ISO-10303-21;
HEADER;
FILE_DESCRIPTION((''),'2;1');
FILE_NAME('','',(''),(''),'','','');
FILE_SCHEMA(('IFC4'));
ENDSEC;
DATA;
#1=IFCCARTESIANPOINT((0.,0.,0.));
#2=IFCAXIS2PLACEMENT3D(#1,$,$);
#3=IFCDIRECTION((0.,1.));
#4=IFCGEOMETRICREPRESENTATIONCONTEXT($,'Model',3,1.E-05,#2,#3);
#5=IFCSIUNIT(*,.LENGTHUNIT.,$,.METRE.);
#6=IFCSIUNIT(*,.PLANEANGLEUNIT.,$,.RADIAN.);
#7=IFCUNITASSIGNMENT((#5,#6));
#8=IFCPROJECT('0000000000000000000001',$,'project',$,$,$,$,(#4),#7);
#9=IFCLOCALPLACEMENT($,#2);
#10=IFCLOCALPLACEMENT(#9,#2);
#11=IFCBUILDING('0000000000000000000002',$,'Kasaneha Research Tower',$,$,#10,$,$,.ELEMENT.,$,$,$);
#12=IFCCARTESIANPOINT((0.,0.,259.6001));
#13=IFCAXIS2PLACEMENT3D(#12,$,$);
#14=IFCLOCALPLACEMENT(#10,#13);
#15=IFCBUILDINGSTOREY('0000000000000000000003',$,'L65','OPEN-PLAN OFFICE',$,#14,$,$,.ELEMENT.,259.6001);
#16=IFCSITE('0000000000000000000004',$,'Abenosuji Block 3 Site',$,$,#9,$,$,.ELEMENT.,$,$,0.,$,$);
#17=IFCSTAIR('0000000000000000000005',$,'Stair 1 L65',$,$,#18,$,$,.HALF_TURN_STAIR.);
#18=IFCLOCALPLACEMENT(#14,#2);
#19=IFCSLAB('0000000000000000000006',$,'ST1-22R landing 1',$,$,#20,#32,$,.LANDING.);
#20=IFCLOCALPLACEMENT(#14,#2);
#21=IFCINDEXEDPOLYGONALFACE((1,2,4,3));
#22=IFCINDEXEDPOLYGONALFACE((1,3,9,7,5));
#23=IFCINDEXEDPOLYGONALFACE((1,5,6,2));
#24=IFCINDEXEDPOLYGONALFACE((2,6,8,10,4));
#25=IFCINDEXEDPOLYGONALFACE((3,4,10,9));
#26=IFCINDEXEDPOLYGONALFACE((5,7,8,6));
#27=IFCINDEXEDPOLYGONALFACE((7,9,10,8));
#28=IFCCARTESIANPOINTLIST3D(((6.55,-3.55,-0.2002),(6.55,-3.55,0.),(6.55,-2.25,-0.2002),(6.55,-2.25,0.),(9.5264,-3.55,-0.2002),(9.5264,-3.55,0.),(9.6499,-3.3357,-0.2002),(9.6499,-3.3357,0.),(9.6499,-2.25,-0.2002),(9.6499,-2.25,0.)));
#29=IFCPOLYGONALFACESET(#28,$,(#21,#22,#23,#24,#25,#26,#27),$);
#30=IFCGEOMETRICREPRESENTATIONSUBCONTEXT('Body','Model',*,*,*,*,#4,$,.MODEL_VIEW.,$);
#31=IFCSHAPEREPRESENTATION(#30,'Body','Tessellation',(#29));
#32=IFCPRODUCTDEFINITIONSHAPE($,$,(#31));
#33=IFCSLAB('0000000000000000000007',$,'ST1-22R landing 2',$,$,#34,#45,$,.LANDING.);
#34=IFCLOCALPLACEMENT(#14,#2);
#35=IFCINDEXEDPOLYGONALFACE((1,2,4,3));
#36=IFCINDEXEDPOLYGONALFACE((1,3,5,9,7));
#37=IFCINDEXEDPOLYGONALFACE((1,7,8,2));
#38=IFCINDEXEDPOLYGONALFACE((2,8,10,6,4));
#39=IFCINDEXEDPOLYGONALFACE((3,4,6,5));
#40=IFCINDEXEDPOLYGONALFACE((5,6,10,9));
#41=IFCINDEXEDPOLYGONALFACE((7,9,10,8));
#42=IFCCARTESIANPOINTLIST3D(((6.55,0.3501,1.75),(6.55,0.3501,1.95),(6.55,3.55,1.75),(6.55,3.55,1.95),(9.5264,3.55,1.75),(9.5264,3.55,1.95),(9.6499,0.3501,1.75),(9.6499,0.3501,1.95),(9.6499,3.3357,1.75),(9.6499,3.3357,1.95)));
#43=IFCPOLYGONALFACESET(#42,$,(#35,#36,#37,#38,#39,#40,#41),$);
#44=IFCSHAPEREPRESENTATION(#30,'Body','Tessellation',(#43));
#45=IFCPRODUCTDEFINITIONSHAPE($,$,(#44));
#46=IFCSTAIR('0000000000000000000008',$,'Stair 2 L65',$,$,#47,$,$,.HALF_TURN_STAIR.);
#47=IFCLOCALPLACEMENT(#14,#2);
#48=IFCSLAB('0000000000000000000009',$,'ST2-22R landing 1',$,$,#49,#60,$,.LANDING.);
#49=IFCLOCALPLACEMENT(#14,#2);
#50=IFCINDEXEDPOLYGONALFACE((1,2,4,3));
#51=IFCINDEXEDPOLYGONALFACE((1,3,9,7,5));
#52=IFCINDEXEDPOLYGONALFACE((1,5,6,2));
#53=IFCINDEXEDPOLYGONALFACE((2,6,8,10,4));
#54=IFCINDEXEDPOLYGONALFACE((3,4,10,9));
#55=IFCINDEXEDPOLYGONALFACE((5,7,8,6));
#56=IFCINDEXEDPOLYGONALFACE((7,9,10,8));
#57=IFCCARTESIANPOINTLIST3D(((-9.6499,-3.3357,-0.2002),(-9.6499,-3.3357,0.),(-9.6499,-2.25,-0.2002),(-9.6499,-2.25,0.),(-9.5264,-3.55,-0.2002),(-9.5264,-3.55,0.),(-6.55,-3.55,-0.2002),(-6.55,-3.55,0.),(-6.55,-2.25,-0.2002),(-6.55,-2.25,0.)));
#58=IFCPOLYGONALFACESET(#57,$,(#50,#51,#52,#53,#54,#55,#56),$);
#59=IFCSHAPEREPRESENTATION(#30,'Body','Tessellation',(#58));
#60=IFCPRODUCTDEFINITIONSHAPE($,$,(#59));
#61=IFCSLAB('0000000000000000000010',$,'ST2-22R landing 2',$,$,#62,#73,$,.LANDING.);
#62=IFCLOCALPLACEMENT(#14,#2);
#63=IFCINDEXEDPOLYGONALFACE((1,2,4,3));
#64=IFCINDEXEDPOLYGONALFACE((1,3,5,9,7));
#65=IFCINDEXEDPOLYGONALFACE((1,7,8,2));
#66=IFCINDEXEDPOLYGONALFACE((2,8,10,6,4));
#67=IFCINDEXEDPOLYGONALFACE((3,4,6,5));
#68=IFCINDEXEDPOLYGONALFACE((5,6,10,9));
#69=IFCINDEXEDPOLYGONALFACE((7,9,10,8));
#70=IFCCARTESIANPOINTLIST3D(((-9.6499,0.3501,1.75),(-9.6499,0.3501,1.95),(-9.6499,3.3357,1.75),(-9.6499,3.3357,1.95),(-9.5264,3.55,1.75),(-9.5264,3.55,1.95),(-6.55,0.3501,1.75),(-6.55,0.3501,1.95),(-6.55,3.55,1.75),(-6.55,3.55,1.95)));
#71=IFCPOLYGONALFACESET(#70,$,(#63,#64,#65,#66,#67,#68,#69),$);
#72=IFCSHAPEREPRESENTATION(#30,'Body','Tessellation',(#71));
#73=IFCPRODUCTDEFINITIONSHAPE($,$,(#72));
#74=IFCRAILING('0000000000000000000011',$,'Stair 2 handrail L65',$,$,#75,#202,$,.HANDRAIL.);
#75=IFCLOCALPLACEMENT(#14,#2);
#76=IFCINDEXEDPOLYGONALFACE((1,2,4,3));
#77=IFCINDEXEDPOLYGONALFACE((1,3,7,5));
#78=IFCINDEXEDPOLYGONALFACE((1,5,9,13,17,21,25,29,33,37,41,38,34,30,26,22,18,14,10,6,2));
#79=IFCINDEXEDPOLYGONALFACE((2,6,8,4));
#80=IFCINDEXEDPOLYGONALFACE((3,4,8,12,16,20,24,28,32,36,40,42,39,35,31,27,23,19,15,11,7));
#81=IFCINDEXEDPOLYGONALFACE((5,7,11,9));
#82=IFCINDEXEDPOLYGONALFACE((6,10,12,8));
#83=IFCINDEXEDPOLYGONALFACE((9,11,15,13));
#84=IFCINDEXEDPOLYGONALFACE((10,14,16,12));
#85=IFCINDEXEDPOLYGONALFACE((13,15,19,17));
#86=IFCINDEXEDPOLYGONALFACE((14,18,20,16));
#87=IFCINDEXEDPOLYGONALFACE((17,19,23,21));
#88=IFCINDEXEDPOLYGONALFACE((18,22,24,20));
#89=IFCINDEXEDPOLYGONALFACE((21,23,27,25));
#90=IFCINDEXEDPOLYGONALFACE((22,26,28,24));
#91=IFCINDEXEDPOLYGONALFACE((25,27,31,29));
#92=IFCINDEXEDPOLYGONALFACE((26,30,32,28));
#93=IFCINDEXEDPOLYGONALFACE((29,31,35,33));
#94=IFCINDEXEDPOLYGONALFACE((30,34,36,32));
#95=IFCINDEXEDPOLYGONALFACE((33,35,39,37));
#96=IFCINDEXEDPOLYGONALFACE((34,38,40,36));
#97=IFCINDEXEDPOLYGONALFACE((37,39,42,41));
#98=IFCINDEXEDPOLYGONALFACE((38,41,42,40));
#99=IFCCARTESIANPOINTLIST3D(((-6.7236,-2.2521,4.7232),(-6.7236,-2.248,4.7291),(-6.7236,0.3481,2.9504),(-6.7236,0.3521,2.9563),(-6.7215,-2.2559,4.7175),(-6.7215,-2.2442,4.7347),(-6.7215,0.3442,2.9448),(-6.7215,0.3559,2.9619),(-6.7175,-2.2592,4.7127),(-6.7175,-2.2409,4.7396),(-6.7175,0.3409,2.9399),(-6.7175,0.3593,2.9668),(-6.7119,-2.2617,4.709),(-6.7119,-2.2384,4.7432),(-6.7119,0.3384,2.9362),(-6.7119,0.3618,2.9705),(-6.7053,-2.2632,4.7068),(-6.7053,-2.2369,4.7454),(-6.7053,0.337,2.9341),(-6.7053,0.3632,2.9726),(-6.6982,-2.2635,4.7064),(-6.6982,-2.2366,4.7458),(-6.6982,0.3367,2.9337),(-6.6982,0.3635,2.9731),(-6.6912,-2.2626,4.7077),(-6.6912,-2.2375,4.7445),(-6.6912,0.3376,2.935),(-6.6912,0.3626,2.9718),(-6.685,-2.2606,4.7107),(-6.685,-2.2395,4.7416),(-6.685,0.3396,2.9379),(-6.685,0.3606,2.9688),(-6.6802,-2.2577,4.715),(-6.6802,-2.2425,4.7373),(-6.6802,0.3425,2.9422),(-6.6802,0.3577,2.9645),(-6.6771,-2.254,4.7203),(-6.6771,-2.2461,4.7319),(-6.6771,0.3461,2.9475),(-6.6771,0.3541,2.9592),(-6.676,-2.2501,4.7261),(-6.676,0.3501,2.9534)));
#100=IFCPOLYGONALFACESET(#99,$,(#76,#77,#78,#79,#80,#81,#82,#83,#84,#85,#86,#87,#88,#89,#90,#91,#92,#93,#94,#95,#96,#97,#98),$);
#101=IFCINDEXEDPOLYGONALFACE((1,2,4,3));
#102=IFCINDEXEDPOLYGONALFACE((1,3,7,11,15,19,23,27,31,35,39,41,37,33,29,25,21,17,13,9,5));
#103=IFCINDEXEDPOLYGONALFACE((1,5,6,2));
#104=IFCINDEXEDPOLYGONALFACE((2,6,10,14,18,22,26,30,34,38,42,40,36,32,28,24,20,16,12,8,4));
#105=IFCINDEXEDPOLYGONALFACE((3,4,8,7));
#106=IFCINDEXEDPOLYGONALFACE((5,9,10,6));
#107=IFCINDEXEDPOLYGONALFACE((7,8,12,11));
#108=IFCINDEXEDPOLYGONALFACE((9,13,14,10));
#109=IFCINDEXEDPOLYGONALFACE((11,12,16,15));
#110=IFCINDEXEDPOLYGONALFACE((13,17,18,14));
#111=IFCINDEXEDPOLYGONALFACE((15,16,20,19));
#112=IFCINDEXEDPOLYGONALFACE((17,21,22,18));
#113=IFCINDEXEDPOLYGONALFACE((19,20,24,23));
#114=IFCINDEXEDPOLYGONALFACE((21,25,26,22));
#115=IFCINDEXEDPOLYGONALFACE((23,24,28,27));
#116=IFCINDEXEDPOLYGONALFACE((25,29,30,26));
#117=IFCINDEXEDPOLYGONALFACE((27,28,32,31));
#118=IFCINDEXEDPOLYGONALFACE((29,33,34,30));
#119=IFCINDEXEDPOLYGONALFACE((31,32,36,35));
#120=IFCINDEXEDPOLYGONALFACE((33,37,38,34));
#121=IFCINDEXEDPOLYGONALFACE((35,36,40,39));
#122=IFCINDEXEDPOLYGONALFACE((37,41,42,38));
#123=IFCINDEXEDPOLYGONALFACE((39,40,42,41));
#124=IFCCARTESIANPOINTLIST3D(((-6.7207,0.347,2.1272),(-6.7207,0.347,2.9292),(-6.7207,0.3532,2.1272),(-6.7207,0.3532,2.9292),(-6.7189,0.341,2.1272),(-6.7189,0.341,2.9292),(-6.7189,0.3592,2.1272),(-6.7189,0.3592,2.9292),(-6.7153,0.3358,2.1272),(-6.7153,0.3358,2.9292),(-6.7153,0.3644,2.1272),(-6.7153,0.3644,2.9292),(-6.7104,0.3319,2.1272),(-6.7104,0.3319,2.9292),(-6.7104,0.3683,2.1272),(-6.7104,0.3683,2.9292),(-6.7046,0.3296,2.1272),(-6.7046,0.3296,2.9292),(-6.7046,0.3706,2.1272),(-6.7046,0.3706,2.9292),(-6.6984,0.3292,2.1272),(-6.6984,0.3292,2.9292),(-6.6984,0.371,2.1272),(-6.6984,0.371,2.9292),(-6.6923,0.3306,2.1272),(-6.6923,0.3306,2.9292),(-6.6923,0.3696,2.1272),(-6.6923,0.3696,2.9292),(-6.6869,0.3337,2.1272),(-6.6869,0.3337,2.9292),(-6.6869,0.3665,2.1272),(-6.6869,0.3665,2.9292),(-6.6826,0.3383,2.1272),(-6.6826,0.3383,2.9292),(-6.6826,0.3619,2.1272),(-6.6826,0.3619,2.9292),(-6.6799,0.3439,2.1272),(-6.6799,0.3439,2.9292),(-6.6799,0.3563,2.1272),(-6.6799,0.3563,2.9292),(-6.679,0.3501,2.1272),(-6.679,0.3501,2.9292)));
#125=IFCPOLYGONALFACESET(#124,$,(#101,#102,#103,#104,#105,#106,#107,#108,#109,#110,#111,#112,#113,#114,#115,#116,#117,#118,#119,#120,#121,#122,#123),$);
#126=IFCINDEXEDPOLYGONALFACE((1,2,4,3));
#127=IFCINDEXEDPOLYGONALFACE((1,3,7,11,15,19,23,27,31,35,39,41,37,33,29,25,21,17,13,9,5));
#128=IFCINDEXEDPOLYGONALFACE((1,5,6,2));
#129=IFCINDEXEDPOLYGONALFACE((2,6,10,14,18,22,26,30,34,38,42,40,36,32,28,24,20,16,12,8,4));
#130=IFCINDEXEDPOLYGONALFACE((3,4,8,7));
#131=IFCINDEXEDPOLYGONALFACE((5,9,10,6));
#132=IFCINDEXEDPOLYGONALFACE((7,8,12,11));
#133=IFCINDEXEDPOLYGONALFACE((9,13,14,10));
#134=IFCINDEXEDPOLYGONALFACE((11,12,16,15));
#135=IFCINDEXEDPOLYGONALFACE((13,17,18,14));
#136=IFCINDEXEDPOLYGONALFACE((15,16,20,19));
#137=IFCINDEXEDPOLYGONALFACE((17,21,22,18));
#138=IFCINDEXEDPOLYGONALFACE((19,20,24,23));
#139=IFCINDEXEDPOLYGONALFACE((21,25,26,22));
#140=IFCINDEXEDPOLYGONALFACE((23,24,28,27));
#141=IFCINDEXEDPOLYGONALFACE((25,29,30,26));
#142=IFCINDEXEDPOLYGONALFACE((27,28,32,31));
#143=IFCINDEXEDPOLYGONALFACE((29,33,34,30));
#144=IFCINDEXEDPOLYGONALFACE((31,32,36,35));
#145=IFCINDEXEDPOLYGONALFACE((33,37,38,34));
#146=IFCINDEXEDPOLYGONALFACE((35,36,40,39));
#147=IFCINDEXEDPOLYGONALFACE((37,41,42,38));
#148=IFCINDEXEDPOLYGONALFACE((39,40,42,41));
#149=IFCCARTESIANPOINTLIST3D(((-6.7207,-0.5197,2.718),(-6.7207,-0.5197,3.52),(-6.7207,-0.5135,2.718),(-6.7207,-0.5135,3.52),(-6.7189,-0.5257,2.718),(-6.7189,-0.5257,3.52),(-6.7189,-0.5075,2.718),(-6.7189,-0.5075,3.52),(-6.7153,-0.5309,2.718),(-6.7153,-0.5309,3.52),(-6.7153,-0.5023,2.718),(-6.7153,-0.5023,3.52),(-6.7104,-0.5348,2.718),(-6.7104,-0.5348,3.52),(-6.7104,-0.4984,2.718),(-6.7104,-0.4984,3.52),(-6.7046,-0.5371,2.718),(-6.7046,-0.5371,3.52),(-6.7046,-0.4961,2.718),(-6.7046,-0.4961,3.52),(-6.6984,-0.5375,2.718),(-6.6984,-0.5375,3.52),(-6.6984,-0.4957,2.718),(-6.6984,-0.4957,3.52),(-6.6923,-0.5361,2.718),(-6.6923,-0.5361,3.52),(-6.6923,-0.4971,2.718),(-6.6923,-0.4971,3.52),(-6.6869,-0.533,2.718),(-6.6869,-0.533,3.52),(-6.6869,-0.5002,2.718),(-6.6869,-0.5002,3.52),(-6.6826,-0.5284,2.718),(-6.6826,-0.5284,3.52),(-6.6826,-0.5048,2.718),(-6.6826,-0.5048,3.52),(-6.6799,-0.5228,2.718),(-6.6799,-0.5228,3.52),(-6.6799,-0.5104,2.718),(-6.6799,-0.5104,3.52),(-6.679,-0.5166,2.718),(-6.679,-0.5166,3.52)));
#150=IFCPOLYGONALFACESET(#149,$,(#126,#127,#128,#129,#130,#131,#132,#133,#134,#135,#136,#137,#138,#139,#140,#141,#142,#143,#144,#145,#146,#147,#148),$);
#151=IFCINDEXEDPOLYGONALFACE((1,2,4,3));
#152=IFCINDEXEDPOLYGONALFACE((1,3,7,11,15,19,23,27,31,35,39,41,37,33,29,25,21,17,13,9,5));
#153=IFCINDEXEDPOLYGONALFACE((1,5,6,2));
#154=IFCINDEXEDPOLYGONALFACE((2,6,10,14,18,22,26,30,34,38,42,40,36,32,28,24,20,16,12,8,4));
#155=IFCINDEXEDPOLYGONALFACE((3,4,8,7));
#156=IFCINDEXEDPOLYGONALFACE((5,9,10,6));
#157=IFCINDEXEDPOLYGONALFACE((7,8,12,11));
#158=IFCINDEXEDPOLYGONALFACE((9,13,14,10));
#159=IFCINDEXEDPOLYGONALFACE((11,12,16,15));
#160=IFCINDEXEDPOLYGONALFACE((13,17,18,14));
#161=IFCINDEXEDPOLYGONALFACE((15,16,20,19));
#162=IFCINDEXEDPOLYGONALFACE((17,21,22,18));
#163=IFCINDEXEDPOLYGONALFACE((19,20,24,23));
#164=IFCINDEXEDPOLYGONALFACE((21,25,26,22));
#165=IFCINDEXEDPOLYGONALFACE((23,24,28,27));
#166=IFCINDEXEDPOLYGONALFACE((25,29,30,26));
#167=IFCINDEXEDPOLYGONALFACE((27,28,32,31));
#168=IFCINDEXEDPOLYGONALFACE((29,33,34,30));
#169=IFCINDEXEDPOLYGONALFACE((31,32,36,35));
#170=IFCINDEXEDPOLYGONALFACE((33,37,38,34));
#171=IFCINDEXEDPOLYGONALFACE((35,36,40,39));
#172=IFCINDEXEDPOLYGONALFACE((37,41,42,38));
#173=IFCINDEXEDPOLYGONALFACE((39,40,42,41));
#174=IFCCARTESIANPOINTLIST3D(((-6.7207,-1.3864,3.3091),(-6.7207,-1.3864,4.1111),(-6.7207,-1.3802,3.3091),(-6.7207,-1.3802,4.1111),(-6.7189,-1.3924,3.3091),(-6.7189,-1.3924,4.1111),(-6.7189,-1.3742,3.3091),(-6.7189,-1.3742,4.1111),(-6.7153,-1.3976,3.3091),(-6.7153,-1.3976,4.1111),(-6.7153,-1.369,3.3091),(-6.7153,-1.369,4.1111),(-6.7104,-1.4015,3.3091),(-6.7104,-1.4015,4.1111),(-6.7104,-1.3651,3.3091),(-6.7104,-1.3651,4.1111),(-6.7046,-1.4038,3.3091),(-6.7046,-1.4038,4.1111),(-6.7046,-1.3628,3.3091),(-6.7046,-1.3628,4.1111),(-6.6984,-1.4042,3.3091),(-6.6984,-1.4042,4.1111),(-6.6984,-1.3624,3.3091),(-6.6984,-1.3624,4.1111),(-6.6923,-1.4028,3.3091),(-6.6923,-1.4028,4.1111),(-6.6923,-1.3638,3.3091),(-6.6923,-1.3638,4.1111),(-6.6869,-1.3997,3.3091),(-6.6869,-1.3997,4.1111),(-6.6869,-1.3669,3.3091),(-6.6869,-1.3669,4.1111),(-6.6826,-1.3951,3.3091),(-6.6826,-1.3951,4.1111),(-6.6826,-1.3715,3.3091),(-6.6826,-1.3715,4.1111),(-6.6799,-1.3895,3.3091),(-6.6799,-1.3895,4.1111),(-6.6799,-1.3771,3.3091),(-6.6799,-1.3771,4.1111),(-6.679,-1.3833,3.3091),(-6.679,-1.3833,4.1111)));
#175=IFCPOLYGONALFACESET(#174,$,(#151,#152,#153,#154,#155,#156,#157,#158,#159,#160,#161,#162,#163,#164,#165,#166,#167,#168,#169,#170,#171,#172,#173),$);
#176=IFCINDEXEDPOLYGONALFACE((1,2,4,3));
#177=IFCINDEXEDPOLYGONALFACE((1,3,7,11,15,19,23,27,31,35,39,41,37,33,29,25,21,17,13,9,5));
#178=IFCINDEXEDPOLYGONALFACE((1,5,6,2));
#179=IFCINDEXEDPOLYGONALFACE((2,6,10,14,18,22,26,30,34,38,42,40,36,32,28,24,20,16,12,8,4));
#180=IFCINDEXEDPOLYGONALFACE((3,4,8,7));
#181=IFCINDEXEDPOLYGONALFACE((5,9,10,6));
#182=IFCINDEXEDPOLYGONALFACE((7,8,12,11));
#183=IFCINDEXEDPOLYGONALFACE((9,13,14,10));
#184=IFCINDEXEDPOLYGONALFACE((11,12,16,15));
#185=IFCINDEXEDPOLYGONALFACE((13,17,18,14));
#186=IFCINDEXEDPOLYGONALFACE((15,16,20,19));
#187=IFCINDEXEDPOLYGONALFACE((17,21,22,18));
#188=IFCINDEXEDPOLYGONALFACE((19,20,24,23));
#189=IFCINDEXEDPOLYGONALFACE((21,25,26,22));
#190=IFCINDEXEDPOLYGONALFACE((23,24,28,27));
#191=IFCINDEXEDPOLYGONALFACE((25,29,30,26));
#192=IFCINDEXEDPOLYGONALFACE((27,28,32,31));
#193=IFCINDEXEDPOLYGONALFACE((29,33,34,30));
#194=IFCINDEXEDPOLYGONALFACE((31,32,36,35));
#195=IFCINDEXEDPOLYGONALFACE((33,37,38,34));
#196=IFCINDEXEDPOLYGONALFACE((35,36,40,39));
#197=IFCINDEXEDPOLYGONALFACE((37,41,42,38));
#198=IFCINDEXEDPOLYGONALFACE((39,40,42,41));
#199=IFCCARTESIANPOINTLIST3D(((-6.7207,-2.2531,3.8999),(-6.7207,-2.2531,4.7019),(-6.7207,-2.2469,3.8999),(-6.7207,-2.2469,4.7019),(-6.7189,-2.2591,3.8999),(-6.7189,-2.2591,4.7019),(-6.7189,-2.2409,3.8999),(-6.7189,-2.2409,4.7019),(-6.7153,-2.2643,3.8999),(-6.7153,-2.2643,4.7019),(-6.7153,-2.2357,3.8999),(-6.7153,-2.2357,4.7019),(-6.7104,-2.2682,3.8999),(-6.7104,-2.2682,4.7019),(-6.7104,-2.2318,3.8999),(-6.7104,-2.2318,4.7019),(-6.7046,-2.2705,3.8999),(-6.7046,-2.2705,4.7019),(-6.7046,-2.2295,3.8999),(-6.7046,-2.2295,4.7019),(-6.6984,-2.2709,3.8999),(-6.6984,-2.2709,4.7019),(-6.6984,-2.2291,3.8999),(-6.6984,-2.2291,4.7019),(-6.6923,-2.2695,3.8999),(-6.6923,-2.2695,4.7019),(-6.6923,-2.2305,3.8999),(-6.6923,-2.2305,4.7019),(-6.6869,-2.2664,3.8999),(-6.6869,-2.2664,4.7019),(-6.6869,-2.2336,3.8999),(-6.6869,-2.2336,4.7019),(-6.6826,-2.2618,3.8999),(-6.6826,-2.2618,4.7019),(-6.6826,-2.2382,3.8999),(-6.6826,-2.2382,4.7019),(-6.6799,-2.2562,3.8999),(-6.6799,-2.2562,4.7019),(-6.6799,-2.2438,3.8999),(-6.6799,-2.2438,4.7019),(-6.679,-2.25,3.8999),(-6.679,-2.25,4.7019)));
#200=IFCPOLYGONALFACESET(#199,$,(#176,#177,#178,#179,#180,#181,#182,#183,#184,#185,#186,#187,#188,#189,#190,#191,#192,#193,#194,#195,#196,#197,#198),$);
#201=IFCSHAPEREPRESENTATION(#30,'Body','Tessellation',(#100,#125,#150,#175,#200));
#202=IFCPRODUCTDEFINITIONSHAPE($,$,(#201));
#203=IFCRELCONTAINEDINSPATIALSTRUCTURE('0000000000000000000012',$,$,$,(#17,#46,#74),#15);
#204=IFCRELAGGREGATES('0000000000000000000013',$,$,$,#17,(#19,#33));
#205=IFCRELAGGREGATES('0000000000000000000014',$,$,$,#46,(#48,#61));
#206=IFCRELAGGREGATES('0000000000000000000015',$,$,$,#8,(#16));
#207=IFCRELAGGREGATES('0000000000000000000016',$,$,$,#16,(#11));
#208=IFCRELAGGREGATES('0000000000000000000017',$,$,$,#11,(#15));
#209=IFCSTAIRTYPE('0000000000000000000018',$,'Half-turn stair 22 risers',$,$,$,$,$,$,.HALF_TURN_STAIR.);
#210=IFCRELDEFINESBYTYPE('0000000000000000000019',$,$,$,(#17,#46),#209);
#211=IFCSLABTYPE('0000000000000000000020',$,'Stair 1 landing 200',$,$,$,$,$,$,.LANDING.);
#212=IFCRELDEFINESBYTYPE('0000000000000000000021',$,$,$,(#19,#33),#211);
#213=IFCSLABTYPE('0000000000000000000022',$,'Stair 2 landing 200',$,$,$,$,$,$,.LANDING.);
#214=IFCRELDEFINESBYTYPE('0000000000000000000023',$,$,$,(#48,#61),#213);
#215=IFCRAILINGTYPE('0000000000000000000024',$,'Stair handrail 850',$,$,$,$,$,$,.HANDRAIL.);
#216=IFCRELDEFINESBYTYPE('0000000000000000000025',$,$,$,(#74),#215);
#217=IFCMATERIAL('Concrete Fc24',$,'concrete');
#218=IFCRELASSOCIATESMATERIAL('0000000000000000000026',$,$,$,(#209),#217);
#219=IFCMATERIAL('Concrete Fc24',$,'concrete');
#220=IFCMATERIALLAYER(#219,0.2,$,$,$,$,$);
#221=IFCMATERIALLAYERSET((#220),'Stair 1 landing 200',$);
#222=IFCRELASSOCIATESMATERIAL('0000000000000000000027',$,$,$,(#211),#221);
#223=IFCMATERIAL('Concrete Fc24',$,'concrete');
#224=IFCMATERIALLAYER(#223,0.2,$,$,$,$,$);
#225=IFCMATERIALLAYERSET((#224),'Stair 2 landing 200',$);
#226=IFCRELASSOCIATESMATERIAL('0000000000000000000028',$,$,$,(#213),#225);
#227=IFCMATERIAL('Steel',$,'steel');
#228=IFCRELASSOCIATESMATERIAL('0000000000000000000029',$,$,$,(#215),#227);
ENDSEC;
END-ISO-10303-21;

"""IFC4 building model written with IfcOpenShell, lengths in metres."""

from ifc_helpers import new_model, si_unit, direction, frame, origin, origin_2d, place, context, subcontext, project, spatial, polyline, circle, outline, extrude, material, layer, layer_set, type_object, element, aggregate, save


model = new_model("IFC4")

# Units and contexts
model_context = context("Model", 3, precision=1e-05, world=origin(), true_north=direction((0.0, 1.0)))
body_context = subcontext(model_context, "Body", "Model", "MODEL_VIEW")
ifc_project = project(units=[si_unit("LENGTHUNIT", "METRE"), si_unit("PLANEANGLEUNIT", "RADIAN")], contexts=[model_context])

# Site, building, storey
site_placement = place(None, origin())
site = spatial("IfcSite", under=ifc_project, at=site_placement, Name="Abenosuji Block 3 Site", CompositionType="ELEMENT", RefElevation=0.0)
building_placement = place(site_placement, origin())
building = spatial("IfcBuilding", under=site, at=building_placement, Name="Kasaneha Research Tower", CompositionType="ELEMENT")
storey_placement = place(building_placement, frame((0.0, 0.0, 259.6001)))
storey = spatial("IfcBuildingStorey", under=building, at=storey_placement, Name="L65", Description="OPEN-PLAN OFFICE", CompositionType="ELEMENT", Elevation=259.6001)

# Stairs, slabs
ifc_material_1 = material(Name="Concrete Fc24", Category="concrete")
stair_type = type_object("IfcStairType", Name="Half-turn stair 22 risers", PredefinedType="HALF_TURN_STAIR", material=ifc_material_1)
stair_1_placement = place(storey_placement, origin())
stair_1 = element("IfcStair", 1, at=stair_1_placement, inside=storey, type_object=stair_type, Name="Stair 1 L65", PredefinedType="HALF_TURN_STAIR")
ifc_material_2 = material(Name="Concrete Fc24", Category="concrete")
ifc_layer_1 = layer(ifc_material_2, 0.2)
ifc_layer_set_1 = layer_set([ifc_layer_1], Name="Stair 1 landing 200")
slab_type_1 = type_object("IfcSlabType", Name="Stair 1 landing 200", PredefinedType="LANDING", material=ifc_layer_set_1)
slab_1_placement = place(storey_placement, frame((0.0, 0.0, -0.2002)))
slab_1 = element("IfcSlab", 2, at=slab_1_placement, type_object=slab_type_1, Name="ST1-22R landing 1", PredefinedType="LANDING", context=body_context, shape_type="SweptSolid", body=[
    extrude(outline(polyline([(9.5264, -3.55), (6.55, -3.55), (6.55, -2.25), (9.6499, -2.25), (9.6499, -3.3357), (9.5264, -3.55)])), origin(), (0.0, 0.0, 1.0), 0.2002),
])
slab_2_placement = place(storey_placement, frame((0.0, 0.0, 1.75)))
slab_2 = element("IfcSlab", 3, at=slab_2_placement, type_object=slab_type_1, Name="ST1-22R landing 2", PredefinedType="LANDING", context=body_context, shape_type="SweptSolid", body=[
    extrude(outline(polyline([(6.55, 3.55), (9.5264, 3.55), (9.6499, 3.3357), (9.6499, 0.3501), (6.55, 0.3501), (6.55, 3.55)])), origin(), (0.0, 0.0, 1.0), 0.2),
])
aggregate(stair_1, [slab_1, slab_2])
stair_2_placement = place(storey_placement, origin())
stair_2 = element("IfcStair", 4, at=stair_2_placement, inside=storey, type_object=stair_type, Name="Stair 2 L65", PredefinedType="HALF_TURN_STAIR")
ifc_material_3 = material(Name="Concrete Fc24", Category="concrete")
ifc_layer_2 = layer(ifc_material_3, 0.2)
ifc_layer_set_2 = layer_set([ifc_layer_2], Name="Stair 2 landing 200")
slab_type_2 = type_object("IfcSlabType", Name="Stair 2 landing 200", PredefinedType="LANDING", material=ifc_layer_set_2)
slab_3_placement = place(storey_placement, frame((0.0, 0.0, -0.2002)))
slab_3 = element("IfcSlab", 5, at=slab_3_placement, type_object=slab_type_2, Name="ST2-22R landing 1", PredefinedType="LANDING", context=body_context, shape_type="SweptSolid", body=[
    extrude(outline(polyline([(-6.55, -3.55), (-9.5264, -3.55), (-9.6499, -3.3357), (-9.6499, -2.25), (-6.55, -2.25), (-6.55, -3.55)])), origin(), (0.0, 0.0, 1.0), 0.2002),
])
slab_4_placement = place(storey_placement, frame((0.0, 0.0, 1.75)))
slab_4 = element("IfcSlab", 6, at=slab_4_placement, type_object=slab_type_2, Name="ST2-22R landing 2", PredefinedType="LANDING", context=body_context, shape_type="SweptSolid", body=[
    extrude(outline(polyline([(-6.55, 0.3501), (-9.6499, 0.3501), (-9.6499, 3.3357), (-9.5264, 3.55), (-6.55, 3.55), (-6.55, 0.3501)])), origin(), (0.0, 0.0, 1.0), 0.2),
])
aggregate(stair_2, [slab_3, slab_4])

# Railing
ifc_material_4 = material(Name="Steel", Category="steel")
railing_type = type_object("IfcRailingType", Name="Stair handrail 850", PredefinedType="HANDRAIL", material=ifc_material_4)
railing_placement = place(storey_placement, frame((-6.7, 0.3501, 2.1272)))
element("IfcRailing", 7, at=railing_placement, inside=storey, type_object=railing_type, Name="Stair 2 handrail L65", PredefinedType="HANDRAIL", context=body_context, shape_type="SweptSolid", body=[
    extrude(circle(Radius=0.0239, at=origin_2d()), frame((0.0, 0.0, 0.8262), z_axis=(0.0, -0.82624, 0.563318), x_axis=(1.0, 0.0, 0.0)), (0.0, 0.0, 1.0), 3.147),
    extrude(circle(Radius=0.021, at=origin_2d()), origin(), (0.0, 0.0, 1.0), 0.802),
    extrude(circle(Radius=0.021, at=origin_2d()), frame((0.0, -0.8667, 0.5908)), (0.0, 0.0, 1.0), 0.802),
    extrude(circle(Radius=0.021, at=origin_2d()), frame((0.0, -1.7334, 1.1819)), (0.0, 0.0, 1.0), 0.802),
    extrude(circle(Radius=0.021, at=origin_2d()), frame((0.0, -2.6001, 1.7727)), (0.0, 0.0, 1.0), 0.802),
])

save(model, "model.ifc")
